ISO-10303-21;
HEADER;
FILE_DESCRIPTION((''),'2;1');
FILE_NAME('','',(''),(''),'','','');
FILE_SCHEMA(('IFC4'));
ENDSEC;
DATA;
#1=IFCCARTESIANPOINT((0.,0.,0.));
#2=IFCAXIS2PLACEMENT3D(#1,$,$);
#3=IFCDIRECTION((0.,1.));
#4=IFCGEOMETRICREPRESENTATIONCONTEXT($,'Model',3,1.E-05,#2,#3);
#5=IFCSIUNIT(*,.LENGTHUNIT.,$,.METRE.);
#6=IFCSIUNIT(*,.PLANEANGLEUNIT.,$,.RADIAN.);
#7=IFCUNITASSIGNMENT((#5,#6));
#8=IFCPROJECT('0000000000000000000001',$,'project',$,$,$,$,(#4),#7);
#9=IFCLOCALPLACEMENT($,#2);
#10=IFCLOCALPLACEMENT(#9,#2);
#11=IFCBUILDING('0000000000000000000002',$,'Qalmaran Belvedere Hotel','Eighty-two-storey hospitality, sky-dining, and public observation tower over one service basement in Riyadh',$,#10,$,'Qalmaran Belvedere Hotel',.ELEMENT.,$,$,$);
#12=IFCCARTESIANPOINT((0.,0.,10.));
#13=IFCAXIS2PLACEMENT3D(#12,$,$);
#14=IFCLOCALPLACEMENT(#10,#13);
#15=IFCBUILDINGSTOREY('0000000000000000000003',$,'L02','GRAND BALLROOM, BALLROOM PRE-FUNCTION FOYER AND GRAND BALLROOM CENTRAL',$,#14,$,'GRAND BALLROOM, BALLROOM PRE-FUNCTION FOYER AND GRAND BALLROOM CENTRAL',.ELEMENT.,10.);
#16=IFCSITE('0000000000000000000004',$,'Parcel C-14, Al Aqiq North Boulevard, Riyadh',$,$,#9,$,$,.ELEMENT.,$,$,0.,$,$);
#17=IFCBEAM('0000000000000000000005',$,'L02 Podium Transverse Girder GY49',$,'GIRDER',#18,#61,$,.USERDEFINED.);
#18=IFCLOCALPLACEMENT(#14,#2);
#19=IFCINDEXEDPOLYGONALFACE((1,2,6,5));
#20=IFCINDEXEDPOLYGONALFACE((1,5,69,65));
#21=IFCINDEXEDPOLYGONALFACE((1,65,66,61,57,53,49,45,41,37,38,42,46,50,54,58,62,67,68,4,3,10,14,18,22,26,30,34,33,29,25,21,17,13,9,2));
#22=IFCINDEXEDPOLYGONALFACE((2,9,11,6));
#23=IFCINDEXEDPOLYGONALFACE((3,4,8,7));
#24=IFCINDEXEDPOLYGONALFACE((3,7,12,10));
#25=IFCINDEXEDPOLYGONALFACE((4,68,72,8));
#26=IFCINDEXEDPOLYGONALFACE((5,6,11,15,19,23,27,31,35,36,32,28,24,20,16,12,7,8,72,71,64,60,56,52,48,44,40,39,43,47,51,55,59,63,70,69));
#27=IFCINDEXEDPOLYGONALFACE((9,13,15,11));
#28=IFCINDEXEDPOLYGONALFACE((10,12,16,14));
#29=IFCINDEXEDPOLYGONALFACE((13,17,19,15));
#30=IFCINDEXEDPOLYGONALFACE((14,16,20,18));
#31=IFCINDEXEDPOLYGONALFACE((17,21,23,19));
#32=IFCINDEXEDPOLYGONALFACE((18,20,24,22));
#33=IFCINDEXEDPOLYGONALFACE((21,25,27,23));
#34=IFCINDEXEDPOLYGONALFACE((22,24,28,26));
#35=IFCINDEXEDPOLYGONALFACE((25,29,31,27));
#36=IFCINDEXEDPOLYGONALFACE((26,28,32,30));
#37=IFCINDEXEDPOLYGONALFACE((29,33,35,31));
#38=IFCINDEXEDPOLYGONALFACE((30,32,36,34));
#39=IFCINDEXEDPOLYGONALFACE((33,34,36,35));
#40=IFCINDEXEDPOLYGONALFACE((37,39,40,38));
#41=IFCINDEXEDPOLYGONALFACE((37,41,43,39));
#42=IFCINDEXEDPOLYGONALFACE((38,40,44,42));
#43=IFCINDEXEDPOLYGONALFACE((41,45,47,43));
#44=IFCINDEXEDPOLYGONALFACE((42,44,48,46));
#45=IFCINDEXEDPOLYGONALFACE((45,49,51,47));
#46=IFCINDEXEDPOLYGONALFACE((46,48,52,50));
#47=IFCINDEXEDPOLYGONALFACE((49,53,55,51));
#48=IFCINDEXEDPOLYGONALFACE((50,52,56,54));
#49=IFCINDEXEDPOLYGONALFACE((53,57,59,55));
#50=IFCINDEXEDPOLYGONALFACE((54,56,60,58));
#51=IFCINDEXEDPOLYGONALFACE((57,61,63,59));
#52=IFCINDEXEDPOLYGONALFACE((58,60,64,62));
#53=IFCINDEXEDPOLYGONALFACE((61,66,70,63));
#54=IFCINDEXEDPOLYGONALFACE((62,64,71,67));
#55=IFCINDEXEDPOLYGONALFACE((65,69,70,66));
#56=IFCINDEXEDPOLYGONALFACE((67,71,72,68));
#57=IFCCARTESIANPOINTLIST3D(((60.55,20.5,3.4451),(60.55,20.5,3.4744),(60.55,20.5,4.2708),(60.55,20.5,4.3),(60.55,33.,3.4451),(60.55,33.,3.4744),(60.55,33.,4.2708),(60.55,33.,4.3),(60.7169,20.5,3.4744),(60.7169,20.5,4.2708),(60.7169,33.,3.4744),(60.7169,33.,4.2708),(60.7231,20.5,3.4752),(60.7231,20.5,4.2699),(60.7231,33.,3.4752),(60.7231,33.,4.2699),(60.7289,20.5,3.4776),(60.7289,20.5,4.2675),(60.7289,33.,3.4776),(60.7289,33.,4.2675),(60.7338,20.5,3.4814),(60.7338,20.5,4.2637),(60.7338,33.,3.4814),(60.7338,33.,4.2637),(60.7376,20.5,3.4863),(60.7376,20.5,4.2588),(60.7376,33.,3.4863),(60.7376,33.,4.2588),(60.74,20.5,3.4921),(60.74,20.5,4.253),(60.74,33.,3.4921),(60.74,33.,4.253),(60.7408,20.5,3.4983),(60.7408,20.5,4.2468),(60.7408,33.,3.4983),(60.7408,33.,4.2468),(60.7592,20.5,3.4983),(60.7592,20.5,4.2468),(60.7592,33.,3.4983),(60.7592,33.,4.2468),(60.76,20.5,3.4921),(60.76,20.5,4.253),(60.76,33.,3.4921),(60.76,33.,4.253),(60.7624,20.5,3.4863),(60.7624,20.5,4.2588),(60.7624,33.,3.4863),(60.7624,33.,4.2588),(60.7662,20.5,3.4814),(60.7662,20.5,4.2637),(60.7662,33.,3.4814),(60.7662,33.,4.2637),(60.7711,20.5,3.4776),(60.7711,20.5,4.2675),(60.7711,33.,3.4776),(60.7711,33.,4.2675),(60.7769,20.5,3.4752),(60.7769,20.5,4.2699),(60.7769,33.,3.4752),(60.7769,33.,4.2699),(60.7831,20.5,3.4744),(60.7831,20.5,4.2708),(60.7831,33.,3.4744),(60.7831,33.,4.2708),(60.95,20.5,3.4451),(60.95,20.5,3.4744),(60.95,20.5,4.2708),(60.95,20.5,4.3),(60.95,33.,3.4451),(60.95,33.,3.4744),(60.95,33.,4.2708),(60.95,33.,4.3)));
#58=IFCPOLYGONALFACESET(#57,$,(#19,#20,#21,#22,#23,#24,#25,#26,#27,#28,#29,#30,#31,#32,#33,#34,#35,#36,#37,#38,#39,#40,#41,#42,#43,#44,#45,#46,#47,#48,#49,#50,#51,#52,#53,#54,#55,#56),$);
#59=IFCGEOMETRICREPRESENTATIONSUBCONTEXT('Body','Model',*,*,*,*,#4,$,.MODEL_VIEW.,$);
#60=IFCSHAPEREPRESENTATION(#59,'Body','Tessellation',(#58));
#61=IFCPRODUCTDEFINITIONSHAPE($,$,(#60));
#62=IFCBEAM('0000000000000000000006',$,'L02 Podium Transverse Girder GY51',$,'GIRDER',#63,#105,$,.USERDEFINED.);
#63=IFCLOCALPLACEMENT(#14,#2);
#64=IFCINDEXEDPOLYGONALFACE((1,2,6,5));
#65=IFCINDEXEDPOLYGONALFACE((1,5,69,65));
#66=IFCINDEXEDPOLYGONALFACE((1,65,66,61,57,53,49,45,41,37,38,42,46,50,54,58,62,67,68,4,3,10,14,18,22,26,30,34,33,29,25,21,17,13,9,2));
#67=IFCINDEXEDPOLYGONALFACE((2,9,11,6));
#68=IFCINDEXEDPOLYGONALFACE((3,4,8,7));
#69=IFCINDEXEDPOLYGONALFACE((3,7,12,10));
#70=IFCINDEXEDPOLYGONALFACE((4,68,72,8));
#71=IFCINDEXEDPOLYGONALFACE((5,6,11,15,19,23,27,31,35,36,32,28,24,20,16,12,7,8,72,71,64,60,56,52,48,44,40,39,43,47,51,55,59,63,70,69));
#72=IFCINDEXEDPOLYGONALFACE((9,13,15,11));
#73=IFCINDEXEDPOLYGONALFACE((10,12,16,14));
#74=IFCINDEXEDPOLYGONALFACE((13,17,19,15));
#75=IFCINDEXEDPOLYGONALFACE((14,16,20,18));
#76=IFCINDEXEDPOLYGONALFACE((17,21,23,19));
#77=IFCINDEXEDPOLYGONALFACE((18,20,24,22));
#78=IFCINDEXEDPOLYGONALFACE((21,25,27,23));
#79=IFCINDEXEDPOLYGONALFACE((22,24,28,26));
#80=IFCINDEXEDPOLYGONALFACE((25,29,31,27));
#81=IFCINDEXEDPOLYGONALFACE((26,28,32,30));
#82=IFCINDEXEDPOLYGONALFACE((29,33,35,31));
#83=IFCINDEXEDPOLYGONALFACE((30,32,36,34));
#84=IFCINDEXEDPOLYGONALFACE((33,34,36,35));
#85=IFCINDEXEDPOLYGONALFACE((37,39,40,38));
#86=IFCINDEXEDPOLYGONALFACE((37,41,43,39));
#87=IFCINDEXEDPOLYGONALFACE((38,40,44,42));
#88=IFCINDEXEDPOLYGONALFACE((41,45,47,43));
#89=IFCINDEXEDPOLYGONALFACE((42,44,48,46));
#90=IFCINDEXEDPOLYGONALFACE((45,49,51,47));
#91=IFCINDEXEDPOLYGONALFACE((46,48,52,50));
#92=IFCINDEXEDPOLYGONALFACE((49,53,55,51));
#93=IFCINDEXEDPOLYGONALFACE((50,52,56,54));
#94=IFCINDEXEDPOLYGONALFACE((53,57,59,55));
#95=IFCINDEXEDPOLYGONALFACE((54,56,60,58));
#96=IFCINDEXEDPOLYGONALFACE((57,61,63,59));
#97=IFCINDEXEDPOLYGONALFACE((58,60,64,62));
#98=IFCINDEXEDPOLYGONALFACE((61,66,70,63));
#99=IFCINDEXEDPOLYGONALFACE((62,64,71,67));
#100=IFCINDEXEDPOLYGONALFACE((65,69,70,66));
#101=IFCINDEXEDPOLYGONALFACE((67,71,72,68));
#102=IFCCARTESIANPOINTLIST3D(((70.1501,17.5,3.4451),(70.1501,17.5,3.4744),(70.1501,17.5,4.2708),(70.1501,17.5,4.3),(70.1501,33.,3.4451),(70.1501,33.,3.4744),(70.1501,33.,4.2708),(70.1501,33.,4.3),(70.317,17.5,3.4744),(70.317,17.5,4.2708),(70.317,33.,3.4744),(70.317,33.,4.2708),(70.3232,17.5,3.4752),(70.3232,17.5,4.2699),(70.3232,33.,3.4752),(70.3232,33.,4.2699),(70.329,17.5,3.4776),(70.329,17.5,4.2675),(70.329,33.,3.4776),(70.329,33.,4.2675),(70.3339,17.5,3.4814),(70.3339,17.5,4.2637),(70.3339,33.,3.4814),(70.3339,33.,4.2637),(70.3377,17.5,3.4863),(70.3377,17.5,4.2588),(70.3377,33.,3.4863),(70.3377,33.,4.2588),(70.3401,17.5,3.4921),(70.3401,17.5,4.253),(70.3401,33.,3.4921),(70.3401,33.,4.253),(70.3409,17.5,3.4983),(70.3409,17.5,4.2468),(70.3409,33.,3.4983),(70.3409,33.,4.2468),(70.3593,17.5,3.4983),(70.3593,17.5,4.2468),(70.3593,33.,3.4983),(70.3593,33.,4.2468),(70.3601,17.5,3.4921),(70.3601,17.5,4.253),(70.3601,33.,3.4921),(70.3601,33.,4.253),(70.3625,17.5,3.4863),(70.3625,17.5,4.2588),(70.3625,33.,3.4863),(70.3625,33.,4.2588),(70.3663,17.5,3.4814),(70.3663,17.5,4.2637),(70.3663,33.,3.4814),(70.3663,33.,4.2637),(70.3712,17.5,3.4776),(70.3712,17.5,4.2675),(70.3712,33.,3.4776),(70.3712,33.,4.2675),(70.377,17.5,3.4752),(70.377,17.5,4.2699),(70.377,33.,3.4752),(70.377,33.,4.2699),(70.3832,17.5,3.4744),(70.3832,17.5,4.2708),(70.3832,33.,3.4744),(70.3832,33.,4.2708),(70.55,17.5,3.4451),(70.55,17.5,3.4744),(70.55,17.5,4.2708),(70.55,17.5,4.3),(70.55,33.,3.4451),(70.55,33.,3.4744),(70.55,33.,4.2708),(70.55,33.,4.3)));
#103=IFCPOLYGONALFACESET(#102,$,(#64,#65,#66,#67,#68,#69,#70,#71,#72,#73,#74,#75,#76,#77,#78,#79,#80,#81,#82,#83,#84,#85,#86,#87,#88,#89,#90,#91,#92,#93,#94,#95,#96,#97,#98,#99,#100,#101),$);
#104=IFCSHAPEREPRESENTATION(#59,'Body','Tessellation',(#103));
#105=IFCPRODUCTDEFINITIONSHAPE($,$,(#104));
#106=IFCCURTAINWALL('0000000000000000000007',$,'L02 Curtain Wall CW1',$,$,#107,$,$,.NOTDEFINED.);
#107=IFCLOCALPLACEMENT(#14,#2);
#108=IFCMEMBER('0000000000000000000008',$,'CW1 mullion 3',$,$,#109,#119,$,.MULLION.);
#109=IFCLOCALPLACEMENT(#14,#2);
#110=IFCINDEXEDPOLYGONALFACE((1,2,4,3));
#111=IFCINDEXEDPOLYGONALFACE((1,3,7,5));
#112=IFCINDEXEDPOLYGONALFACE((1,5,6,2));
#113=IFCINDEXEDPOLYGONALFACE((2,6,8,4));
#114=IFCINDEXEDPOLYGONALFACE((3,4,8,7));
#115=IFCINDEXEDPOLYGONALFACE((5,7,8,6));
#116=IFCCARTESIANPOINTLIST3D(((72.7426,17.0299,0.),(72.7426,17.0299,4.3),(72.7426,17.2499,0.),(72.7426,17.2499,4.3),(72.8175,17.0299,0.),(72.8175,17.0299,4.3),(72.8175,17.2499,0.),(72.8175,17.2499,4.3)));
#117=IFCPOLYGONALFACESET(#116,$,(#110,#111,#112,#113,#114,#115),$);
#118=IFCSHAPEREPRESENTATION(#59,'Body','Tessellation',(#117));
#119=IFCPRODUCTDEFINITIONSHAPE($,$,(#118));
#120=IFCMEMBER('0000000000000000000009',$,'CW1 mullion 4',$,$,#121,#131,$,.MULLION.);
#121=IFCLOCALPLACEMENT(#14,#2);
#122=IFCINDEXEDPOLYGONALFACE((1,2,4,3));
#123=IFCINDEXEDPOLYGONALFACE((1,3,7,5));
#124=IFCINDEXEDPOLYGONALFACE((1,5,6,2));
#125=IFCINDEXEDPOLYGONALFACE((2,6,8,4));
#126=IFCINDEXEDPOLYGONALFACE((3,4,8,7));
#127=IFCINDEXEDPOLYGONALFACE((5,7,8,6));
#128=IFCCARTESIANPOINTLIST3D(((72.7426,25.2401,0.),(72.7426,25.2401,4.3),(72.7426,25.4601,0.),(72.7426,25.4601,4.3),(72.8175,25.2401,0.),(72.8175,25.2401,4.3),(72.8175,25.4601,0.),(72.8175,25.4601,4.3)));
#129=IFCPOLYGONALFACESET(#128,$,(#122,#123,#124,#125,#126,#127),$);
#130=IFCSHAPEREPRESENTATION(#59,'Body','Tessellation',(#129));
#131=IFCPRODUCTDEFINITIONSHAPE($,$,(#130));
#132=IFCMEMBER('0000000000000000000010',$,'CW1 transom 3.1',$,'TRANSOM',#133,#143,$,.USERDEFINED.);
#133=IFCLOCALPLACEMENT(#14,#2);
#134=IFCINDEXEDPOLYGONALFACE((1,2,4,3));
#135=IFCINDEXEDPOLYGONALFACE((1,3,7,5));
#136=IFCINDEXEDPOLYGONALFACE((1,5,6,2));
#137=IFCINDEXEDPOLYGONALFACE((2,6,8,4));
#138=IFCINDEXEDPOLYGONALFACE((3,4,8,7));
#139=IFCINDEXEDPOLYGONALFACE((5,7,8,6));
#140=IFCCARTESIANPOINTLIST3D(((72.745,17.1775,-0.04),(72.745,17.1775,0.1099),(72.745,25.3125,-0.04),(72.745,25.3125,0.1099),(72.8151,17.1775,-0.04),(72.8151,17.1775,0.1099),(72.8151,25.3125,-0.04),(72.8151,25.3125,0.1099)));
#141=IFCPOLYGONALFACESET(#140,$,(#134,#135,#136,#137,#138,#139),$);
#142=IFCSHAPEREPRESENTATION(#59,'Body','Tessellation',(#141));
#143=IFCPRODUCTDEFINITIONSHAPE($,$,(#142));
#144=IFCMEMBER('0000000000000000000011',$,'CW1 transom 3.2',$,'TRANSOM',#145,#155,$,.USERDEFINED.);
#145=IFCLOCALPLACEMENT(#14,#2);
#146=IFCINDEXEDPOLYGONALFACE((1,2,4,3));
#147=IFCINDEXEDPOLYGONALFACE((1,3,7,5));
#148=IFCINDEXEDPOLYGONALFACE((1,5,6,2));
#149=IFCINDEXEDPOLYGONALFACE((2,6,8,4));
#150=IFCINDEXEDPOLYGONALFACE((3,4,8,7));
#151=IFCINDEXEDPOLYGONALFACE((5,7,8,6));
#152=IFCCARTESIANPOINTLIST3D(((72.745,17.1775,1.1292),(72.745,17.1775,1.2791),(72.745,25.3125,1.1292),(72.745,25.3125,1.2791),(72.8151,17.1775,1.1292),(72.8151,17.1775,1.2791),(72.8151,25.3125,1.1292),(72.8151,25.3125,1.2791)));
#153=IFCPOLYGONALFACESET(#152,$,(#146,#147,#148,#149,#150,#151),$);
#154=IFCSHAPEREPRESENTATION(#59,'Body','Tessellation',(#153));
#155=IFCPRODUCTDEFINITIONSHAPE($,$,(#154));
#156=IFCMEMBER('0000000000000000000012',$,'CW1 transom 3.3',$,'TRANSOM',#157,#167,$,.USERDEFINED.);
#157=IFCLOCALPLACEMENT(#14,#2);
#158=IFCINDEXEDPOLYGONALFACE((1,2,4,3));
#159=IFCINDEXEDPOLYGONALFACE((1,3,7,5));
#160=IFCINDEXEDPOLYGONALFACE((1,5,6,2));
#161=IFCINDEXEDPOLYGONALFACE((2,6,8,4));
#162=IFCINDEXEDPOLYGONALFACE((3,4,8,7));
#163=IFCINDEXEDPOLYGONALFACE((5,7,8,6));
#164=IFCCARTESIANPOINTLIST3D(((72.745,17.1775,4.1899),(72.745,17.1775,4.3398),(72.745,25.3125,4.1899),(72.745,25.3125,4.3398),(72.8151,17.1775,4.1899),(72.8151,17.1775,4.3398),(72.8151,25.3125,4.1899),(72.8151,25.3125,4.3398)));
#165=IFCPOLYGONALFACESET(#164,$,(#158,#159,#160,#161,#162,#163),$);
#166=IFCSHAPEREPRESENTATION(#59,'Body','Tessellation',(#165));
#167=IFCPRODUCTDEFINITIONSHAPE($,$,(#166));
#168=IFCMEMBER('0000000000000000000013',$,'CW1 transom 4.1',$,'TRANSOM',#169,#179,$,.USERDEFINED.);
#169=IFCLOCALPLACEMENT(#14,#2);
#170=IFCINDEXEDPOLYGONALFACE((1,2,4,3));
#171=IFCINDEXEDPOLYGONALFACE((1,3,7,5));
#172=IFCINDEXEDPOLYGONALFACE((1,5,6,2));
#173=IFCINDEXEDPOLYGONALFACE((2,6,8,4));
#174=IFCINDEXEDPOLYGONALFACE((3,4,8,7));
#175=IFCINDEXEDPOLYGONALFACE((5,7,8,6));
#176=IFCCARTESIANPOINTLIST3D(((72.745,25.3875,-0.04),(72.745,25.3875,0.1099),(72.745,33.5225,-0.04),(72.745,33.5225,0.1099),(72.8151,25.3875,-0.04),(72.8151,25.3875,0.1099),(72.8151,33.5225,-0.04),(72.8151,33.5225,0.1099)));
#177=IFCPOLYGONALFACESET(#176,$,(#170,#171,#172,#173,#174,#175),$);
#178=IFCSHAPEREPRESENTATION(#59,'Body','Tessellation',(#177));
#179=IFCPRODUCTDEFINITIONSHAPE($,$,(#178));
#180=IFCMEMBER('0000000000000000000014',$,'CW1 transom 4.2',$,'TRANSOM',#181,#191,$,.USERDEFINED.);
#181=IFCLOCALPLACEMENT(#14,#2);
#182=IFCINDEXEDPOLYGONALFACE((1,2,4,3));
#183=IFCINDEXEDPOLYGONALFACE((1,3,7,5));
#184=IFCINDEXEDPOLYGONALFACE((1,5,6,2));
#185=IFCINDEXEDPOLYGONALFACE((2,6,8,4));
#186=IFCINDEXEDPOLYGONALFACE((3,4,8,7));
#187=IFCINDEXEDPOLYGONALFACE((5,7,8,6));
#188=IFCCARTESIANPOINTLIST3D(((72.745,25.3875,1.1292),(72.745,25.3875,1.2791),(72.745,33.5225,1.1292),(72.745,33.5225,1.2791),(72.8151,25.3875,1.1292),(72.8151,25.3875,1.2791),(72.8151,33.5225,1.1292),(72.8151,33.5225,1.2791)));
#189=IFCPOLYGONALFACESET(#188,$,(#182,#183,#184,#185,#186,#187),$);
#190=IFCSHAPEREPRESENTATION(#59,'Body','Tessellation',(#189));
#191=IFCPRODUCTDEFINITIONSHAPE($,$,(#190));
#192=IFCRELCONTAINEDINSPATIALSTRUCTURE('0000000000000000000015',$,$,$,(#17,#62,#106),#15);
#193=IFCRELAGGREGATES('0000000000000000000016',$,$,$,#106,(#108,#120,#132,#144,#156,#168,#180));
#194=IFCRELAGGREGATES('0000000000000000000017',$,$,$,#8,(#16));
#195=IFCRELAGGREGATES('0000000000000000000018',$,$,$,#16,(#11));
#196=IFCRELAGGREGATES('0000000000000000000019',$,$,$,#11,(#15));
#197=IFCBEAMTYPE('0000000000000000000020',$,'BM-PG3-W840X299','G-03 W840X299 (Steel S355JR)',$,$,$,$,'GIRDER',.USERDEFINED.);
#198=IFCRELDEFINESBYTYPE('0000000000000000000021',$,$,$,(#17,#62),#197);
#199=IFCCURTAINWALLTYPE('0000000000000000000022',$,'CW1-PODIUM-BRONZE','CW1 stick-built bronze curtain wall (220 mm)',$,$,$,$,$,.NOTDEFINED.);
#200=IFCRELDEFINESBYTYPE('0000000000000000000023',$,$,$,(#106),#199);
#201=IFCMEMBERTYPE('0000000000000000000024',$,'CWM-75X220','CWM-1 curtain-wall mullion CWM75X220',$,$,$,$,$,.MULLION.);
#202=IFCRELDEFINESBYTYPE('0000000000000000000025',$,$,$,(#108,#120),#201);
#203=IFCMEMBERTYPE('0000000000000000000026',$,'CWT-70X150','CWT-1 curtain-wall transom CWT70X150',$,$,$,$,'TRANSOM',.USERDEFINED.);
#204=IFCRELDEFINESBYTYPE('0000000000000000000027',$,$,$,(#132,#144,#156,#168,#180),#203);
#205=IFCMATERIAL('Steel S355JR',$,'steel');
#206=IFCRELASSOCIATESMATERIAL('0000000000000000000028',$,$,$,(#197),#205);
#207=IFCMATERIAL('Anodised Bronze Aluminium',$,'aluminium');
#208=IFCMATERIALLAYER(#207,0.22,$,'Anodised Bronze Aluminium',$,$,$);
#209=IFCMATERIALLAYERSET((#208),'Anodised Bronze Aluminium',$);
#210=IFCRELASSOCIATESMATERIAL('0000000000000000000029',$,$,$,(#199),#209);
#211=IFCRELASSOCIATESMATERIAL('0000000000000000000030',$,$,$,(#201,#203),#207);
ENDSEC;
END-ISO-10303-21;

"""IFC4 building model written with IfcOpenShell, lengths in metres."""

from ifc_helpers import new_model, si_unit, direction, frame, origin, origin_2d, place, context, subcontext, project, spatial, rectangle, i_section, extrude, material, layer, layer_set, material_profile, profile_set, type_object, element, aggregate, save


model = new_model("IFC4")

# Units and contexts
model_context = context("Model", 3, precision=1e-05, world=origin(), true_north=direction((0.0, 1.0)))
body_context = subcontext(model_context, "Body", "Model", "MODEL_VIEW")
ifc_project = project(units=[si_unit("LENGTHUNIT", "METRE"), si_unit("PLANEANGLEUNIT", "RADIAN")], contexts=[model_context])

# Site, building, storey
site_placement = place(None, origin())
site = spatial("IfcSite", under=ifc_project, at=site_placement, Name="Parcel C-14, Al Aqiq North Boulevard, Riyadh", CompositionType="ELEMENT", RefElevation=0.0)
building_placement = place(site_placement, origin())
building = spatial("IfcBuilding", under=site, at=building_placement, Name="Qalmaran Belvedere Hotel", Description="Eighty-two-storey hospitality, sky-dining, and public observation tower over one service basement in Riyadh", LongName="Qalmaran Belvedere Hotel", CompositionType="ELEMENT")
storey_placement = place(building_placement, frame((0.0, 0.0, 10.0)))
storey = spatial("IfcBuildingStorey", under=building, at=storey_placement, Name="L02", Description="GRAND BALLROOM, BALLROOM PRE-FUNCTION FOYER AND GRAND BALLROOM CENTRAL", LongName="GRAND BALLROOM, BALLROOM PRE-FUNCTION FOYER AND GRAND BALLROOM CENTRAL", CompositionType="ELEMENT", Elevation=10.0)

# Beams
ifc_material_1 = material(Name="Steel S355JR", Category="steel")
ifc_material_profile_1 = material_profile(ifc_material_1, i_section(OverallWidth=0.3999, OverallDepth=0.855, WebThickness=0.0183, FlangeThickness=0.0293, FilletRadius=0.0239, at=origin_2d()), Name="W840X299")
ifc_profile_set_1 = profile_set([ifc_material_profile_1], Name="Steel S355JR")
beam_type_1 = type_object("IfcBeamType", Name="BM-PG3-W840X299", Description="G-03 W840X299 (Steel S355JR)", ElementType="GIRDER", PredefinedType="USERDEFINED", material=ifc_profile_set_1)
beam_1_placement = place(storey_placement, frame((60.75, 20.5, 3.8726), z_axis=(0.0, 1.0, 0.0), x_axis=(-1.0, 0.0, 0.0)))
element("IfcBeam", 1, at=beam_1_placement, inside=storey, type_object=beam_type_1, Name="L02 Podium Transverse Girder GY49", ObjectType="GIRDER", PredefinedType="USERDEFINED", context=body_context, shape_type="SweptSolid", body=[
    extrude(i_section(OverallWidth=0.3999, OverallDepth=0.855, WebThickness=0.0183, FlangeThickness=0.0293, FilletRadius=0.0239, at=origin_2d()), origin(), (0.0, 0.0, 1.0), 12.5),
])
beam_2_placement = place(storey_placement, frame((70.3501, 17.5, 3.8726), z_axis=(0.0, 1.0, 0.0), x_axis=(-1.0, 0.0, 0.0)))
element("IfcBeam", 2, at=beam_2_placement, inside=storey, type_object=beam_type_1, Name="L02 Podium Transverse Girder GY51", ObjectType="GIRDER", PredefinedType="USERDEFINED", context=body_context, shape_type="SweptSolid", body=[
    extrude(i_section(OverallWidth=0.3999, OverallDepth=0.855, WebThickness=0.0183, FlangeThickness=0.0293, FilletRadius=0.0239, at=origin_2d()), origin(), (0.0, 0.0, 1.0), 15.5),
])

# Curtain wall, members
ifc_material_2 = material(Name="Anodised Bronze Aluminium", Category="aluminium")
ifc_layer_1 = layer(ifc_material_2, 0.22, Name="Anodised Bronze Aluminium")
ifc_layer_set_1 = layer_set([ifc_layer_1], Name="Anodised Bronze Aluminium")
curtain_wall_type = type_object("IfcCurtainWallType", Name="CW1-PODIUM-BRONZE", Description="CW1 stick-built bronze curtain wall (220 mm)", PredefinedType="NOTDEFINED", material=ifc_layer_set_1)
curtain_wall_placement = place(storey_placement, origin())
curtain_wall = element("IfcCurtainWall", 3, at=curtain_wall_placement, inside=storey, type_object=curtain_wall_type, Name="L02 Curtain Wall CW1", PredefinedType="NOTDEFINED")
ifc_material_profile_2 = material_profile(ifc_material_2, rectangle(XDim=0.075, YDim=0.22, at=origin_2d()), Name="CWM75X220")
ifc_profile_set_2 = profile_set([ifc_material_profile_2], Name="Anodised Bronze Aluminium")
member_type_1 = type_object("IfcMemberType", Name="CWM-75X220", Description="CWM-1 curtain-wall mullion CWM75X220", PredefinedType="MULLION", material=ifc_profile_set_2)
member_1_placement = place(storey_placement, frame((72.78, 17.1399, 0.0), z_axis=(0.0, 0.0, 1.0), x_axis=(-1.0, 0.0, 0.0)))
member_1 = element("IfcMember", 4, at=member_1_placement, type_object=member_type_1, Name="CW1 mullion 3", PredefinedType="MULLION", context=body_context, shape_type="SweptSolid", body=[
    extrude(rectangle(XDim=0.075, YDim=0.22, at=origin_2d()), origin(), (0.0, 0.0, 1.0), 4.3),
])
member_2_placement = place(storey_placement, frame((72.78, 25.3501, 0.0), z_axis=(0.0, 0.0, 1.0), x_axis=(-1.0, 0.0, 0.0)))
member_2 = element("IfcMember", 5, at=member_2_placement, type_object=member_type_1, Name="CW1 mullion 4", PredefinedType="MULLION", context=body_context, shape_type="SweptSolid", body=[
    extrude(rectangle(XDim=0.075, YDim=0.22, at=origin_2d()), origin(), (0.0, 0.0, 1.0), 4.3),
])
ifc_material_profile_3 = material_profile(ifc_material_2, rectangle(XDim=0.0701, YDim=0.1499, at=origin_2d()), Name="CWT70X150")
ifc_profile_set_3 = profile_set([ifc_material_profile_3], Name="Anodised Bronze Aluminium")
member_type_2 = type_object("IfcMemberType", Name="CWT-70X150", Description="CWT-1 curtain-wall transom CWT70X150", ElementType="TRANSOM", PredefinedType="USERDEFINED", material=ifc_profile_set_3)
member_3_placement = place(storey_placement, frame((72.78, 17.1775, 0.0349), z_axis=(0.0, 1.0, 0.0), x_axis=(-1.0, 0.0, 0.0)))
member_3 = element("IfcMember", 6, at=member_3_placement, type_object=member_type_2, Name="CW1 transom 3.1", ObjectType="TRANSOM", PredefinedType="USERDEFINED", context=body_context, shape_type="SweptSolid", body=[
    extrude(rectangle(XDim=0.0701, YDim=0.1499, at=origin_2d()), origin(), (0.0, 0.0, 1.0), 8.135),
])
member_4_placement = place(storey_placement, frame((72.78, 17.1775, 1.2041), z_axis=(0.0, 1.0, 0.0), x_axis=(-1.0, 0.0, 0.0)))
member_4 = element("IfcMember", 7, at=member_4_placement, type_object=member_type_2, Name="CW1 transom 3.2", ObjectType="TRANSOM", PredefinedType="USERDEFINED", context=body_context, shape_type="SweptSolid", body=[
    extrude(rectangle(XDim=0.0701, YDim=0.1499, at=origin_2d()), origin(), (0.0, 0.0, 1.0), 8.135),
])
member_5_placement = place(storey_placement, frame((72.78, 17.1775, 4.2649), z_axis=(0.0, 1.0, 0.0), x_axis=(-1.0, 0.0, 0.0)))
member_5 = element("IfcMember", 8, at=member_5_placement, type_object=member_type_2, Name="CW1 transom 3.3", ObjectType="TRANSOM", PredefinedType="USERDEFINED", context=body_context, shape_type="SweptSolid", body=[
    extrude(rectangle(XDim=0.0701, YDim=0.1499, at=origin_2d()), origin(), (0.0, 0.0, 1.0), 8.135),
])
member_6_placement = place(storey_placement, frame((72.78, 25.3875, 0.0349), z_axis=(0.0, 1.0, 0.0), x_axis=(-1.0, 0.0, 0.0)))
member_6 = element("IfcMember", 9, at=member_6_placement, type_object=member_type_2, Name="CW1 transom 4.1", ObjectType="TRANSOM", PredefinedType="USERDEFINED", context=body_context, shape_type="SweptSolid", body=[
    extrude(rectangle(XDim=0.0701, YDim=0.1499, at=origin_2d()), origin(), (0.0, 0.0, 1.0), 8.135),
])
member_7_placement = place(storey_placement, frame((72.78, 25.3875, 1.2041), z_axis=(0.0, 1.0, 0.0), x_axis=(-1.0, 0.0, 0.0)))
member_7 = element("IfcMember", 10, at=member_7_placement, type_object=member_type_2, Name="CW1 transom 4.2", ObjectType="TRANSOM", PredefinedType="USERDEFINED", context=body_context, shape_type="SweptSolid", body=[
    extrude(rectangle(XDim=0.0701, YDim=0.1499, at=origin_2d()), origin(), (0.0, 0.0, 1.0), 8.135),
])
aggregate(curtain_wall, [member_1, member_2, member_3, member_4, member_5, member_6, member_7])

save(model, "model.ifc")
